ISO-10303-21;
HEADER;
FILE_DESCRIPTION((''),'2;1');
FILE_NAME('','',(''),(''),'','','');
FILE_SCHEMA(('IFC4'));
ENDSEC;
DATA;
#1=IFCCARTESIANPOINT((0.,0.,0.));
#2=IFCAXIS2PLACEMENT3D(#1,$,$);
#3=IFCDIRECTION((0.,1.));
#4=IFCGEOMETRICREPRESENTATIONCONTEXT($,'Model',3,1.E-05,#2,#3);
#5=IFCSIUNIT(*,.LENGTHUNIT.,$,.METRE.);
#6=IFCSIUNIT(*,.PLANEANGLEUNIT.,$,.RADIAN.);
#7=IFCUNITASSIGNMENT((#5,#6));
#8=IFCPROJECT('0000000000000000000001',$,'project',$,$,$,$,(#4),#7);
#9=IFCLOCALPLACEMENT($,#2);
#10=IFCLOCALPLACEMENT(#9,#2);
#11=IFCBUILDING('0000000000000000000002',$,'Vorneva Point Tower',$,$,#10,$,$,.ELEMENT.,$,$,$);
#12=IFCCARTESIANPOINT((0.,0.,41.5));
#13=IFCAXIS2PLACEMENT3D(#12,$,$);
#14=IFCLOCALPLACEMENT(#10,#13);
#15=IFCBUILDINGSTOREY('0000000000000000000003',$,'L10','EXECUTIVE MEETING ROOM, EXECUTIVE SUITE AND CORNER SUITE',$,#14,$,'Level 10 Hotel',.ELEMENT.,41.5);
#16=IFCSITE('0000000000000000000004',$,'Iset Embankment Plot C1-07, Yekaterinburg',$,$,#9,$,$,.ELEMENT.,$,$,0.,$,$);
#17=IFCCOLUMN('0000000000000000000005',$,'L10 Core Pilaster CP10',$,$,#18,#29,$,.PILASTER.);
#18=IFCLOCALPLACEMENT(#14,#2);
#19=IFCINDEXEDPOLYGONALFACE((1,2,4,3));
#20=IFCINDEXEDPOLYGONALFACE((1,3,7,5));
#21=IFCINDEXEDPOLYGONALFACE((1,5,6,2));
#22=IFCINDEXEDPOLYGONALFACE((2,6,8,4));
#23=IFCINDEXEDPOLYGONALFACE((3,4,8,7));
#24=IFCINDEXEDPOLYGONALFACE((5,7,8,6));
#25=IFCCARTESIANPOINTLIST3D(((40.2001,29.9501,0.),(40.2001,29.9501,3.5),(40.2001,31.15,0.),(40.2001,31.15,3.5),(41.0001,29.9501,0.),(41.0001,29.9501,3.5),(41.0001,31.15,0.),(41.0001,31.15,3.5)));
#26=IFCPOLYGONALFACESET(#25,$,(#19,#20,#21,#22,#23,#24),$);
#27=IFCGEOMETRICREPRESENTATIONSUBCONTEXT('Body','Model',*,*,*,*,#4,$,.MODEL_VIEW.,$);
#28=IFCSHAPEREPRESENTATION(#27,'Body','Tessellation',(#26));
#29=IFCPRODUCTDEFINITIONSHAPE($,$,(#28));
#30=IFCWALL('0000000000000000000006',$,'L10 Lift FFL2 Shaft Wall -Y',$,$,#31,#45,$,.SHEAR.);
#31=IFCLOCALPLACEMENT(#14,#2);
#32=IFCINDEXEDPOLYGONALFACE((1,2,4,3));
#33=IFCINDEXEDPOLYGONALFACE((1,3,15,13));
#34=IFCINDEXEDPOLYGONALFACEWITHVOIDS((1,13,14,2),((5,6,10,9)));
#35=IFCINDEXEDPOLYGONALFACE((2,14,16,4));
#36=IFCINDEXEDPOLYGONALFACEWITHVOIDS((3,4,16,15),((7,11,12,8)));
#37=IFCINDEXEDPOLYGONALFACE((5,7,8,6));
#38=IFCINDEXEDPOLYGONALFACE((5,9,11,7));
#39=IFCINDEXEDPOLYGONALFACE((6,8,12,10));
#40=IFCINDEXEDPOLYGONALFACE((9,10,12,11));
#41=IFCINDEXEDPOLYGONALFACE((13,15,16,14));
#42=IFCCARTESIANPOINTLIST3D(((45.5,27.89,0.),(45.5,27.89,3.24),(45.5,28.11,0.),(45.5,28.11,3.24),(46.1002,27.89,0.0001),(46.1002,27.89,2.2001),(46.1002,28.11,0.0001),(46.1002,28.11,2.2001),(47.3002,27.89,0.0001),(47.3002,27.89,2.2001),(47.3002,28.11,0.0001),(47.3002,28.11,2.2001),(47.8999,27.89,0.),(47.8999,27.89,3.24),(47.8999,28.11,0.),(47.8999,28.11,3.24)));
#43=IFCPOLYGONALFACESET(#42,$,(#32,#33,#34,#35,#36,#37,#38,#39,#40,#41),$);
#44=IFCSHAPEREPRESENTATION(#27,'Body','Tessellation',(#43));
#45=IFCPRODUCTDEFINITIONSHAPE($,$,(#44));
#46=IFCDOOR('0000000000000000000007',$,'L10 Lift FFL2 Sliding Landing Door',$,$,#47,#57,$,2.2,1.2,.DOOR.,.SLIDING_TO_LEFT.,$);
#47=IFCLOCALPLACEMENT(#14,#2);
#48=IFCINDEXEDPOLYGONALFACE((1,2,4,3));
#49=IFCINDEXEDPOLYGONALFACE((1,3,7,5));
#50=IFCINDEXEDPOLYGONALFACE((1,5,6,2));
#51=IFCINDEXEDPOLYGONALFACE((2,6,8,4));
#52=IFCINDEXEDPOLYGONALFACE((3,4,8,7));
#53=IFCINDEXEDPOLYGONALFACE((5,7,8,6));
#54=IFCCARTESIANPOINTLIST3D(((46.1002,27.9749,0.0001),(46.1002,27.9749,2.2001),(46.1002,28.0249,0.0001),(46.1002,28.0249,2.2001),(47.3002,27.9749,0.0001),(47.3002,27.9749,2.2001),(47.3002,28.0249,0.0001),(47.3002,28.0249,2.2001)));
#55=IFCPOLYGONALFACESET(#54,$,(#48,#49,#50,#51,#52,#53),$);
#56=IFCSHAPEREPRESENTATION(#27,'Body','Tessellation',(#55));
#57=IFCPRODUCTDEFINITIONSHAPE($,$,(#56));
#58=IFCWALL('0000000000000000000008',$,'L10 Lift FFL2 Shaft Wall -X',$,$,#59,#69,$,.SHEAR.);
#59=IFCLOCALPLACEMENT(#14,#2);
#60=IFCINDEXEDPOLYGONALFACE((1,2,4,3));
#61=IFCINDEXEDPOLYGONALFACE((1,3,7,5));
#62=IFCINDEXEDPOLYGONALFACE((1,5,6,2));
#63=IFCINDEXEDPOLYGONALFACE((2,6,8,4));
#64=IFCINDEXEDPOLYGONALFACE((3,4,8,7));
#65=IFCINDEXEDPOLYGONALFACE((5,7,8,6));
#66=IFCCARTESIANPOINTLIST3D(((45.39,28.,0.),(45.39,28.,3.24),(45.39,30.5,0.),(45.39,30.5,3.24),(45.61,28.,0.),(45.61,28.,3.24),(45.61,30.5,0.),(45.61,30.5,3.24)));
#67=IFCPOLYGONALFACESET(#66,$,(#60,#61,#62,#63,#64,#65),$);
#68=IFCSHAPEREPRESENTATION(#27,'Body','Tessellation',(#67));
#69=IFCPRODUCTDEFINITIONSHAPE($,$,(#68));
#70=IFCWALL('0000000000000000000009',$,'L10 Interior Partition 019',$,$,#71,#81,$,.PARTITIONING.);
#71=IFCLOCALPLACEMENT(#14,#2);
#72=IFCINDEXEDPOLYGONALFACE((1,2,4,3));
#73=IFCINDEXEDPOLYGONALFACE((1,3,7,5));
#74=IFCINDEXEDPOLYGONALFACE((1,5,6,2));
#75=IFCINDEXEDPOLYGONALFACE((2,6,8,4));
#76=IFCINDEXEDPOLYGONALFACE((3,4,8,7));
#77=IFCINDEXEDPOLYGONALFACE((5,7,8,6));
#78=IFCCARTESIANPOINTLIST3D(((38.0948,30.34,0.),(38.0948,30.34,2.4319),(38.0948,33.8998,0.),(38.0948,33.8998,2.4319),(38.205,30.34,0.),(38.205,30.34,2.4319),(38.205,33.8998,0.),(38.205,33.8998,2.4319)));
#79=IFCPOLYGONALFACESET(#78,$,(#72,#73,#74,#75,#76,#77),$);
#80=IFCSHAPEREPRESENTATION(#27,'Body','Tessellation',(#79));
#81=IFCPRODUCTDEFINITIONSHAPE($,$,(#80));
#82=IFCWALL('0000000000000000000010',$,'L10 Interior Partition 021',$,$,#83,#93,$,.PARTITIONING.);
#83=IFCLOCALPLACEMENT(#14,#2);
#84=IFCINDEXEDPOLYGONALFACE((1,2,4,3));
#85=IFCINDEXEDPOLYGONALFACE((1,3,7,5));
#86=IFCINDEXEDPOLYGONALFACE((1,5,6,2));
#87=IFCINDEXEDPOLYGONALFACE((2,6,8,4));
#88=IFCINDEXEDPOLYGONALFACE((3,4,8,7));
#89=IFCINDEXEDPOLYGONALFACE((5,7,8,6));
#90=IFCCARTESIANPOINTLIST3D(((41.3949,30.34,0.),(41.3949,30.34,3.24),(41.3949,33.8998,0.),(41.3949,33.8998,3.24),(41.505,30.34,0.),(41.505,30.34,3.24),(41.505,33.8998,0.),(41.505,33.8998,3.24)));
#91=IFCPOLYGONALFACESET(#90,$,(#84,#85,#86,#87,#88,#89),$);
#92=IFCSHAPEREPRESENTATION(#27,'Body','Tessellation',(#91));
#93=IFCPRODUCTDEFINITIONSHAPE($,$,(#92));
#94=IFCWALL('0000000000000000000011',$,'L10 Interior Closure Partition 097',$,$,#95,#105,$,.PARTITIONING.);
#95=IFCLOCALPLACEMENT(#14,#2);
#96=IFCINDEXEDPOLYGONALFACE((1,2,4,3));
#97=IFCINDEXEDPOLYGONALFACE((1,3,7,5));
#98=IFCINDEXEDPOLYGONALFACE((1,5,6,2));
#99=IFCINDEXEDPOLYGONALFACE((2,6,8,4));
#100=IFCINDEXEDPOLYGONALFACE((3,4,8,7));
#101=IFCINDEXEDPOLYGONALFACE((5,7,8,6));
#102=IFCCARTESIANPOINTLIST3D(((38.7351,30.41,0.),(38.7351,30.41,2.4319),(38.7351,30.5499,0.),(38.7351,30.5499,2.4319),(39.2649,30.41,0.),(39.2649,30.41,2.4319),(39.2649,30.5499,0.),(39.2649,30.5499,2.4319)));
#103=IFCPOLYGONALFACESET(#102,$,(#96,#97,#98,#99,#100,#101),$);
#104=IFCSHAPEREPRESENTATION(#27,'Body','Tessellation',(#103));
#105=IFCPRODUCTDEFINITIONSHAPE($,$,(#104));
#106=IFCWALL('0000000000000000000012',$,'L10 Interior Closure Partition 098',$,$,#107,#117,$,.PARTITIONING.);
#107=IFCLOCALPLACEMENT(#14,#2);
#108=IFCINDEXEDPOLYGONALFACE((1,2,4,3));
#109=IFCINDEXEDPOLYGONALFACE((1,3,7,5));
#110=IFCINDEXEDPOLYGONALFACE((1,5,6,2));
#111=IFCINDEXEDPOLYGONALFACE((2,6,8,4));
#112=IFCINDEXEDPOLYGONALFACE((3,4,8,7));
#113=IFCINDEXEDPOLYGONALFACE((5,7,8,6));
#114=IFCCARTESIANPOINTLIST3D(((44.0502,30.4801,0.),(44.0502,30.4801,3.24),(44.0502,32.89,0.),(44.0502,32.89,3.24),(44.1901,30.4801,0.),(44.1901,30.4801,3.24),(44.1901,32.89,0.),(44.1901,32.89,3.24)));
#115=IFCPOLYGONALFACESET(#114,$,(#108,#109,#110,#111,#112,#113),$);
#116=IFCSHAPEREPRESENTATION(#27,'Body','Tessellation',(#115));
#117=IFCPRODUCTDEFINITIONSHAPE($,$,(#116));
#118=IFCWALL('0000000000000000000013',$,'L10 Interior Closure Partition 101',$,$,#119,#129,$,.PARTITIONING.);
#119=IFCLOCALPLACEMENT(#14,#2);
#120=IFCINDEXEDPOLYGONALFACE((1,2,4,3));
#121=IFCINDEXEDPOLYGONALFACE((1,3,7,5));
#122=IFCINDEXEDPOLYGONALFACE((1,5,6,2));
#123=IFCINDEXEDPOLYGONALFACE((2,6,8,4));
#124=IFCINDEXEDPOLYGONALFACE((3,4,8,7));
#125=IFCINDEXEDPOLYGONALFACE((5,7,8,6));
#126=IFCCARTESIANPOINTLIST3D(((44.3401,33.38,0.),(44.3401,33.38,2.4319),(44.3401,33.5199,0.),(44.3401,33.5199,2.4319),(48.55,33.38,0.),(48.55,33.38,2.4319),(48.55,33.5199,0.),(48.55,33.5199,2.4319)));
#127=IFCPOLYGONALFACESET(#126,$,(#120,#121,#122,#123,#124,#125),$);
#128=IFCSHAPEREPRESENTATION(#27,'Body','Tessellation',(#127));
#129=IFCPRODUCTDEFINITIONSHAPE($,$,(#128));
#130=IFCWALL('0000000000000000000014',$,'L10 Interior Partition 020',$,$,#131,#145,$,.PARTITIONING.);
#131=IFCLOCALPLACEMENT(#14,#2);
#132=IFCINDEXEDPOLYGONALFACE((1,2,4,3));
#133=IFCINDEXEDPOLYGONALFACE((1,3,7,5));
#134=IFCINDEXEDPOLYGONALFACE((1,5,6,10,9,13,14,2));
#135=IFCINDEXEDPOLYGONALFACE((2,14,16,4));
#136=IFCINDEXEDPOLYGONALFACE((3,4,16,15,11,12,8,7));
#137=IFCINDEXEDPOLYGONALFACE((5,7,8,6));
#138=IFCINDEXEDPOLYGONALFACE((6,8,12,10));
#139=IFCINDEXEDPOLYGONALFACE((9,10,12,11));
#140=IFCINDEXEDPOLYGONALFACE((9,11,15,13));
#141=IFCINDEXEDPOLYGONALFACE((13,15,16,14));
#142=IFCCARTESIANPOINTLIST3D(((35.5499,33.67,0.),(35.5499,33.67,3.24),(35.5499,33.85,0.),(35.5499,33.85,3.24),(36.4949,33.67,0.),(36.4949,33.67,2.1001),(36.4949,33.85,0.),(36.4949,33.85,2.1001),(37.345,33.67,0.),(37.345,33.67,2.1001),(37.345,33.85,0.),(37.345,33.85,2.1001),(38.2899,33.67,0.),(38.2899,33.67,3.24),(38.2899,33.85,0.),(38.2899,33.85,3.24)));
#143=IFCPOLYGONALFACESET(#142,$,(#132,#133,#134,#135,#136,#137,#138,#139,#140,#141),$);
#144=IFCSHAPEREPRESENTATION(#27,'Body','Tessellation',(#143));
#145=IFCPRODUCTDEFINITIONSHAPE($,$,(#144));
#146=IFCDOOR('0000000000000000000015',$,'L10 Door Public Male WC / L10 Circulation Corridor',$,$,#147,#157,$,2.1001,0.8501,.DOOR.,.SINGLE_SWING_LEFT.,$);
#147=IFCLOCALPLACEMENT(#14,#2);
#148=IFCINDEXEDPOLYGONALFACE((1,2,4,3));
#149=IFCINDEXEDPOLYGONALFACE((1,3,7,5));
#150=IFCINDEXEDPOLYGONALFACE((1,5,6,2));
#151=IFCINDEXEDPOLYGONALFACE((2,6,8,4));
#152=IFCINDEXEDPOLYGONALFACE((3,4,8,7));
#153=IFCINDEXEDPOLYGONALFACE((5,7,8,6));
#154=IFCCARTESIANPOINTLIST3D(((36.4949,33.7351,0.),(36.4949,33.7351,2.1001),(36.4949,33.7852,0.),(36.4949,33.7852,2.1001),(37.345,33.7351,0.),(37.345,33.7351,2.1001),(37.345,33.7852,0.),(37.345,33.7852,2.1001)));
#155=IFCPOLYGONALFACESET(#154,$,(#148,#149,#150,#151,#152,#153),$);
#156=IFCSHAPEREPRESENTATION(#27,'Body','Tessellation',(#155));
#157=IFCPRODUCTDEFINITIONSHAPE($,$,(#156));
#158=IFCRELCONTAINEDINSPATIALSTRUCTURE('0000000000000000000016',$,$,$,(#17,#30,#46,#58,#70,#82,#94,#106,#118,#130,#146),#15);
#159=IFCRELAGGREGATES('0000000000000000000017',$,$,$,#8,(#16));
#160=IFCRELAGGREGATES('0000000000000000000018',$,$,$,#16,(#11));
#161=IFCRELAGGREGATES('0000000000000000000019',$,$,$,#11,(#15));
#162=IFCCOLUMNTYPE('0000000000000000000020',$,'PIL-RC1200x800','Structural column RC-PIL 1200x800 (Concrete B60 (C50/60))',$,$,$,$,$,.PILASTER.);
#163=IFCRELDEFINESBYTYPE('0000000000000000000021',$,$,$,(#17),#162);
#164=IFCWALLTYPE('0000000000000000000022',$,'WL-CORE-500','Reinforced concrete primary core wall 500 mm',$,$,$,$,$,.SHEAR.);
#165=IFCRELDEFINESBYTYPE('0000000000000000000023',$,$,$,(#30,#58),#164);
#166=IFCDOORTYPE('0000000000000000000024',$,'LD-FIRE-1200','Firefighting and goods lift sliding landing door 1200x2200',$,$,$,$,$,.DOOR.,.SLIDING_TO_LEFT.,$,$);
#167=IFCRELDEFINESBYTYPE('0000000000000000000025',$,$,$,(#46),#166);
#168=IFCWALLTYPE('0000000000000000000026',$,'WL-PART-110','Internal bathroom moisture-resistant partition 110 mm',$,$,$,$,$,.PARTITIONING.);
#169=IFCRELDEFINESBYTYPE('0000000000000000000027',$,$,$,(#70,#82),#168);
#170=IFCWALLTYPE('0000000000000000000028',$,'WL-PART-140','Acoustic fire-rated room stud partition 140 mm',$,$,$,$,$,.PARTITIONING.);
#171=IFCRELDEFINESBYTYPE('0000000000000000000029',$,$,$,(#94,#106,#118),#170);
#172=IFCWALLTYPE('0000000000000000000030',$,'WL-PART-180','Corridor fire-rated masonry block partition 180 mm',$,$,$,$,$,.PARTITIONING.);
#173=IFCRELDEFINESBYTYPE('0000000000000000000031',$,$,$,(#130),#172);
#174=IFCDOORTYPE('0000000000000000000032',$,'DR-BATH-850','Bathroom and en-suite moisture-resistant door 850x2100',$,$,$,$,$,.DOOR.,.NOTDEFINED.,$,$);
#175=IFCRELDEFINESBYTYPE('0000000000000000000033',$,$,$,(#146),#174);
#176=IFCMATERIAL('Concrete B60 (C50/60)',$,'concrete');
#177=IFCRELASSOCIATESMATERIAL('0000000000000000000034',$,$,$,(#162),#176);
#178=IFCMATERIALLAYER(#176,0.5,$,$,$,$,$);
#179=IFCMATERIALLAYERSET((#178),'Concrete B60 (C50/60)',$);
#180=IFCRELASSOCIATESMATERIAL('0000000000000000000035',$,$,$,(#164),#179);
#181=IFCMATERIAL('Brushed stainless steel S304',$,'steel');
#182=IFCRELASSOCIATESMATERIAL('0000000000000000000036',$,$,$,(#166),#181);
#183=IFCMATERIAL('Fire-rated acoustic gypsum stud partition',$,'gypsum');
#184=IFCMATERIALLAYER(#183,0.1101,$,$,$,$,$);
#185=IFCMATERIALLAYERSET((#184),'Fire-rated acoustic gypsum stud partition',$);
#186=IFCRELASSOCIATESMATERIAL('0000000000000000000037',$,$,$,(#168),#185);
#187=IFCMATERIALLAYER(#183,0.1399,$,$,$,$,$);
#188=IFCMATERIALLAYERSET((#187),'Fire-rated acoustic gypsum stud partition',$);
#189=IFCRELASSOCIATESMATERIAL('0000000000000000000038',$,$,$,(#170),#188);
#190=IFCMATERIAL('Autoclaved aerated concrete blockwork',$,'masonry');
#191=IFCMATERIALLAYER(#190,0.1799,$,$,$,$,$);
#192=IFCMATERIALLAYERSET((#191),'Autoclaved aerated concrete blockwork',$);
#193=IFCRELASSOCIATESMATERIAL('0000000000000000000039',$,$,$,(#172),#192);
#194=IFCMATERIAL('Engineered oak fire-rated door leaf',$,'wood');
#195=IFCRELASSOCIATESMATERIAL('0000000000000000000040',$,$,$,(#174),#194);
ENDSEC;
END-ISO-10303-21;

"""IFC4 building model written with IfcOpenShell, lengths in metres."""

from ifc_helpers import new_model, si_unit, direction, frame, frame_2d, origin, origin_2d, place, context, subcontext, project, spatial, rectangle, extrude, material, layer, layer_set, material_profile, profile_set, type_object, element, fill, save


model = new_model("IFC4")

# Units and contexts
model_context = context("Model", 3, precision=1e-05, world=origin(), true_north=direction((0.0, 1.0)))
body_context = subcontext(model_context, "Body", "Model", "MODEL_VIEW")
ifc_project = project(units=[si_unit("LENGTHUNIT", "METRE"), si_unit("PLANEANGLEUNIT", "RADIAN")], contexts=[model_context])

# Site, building, storey
site_placement = place(None, origin())
site = spatial("IfcSite", under=ifc_project, at=site_placement, Name="Iset Embankment Plot C1-07, Yekaterinburg", CompositionType="ELEMENT", RefElevation=0.0)
building_placement = place(site_placement, origin())
building = spatial("IfcBuilding", under=site, at=building_placement, Name="Vorneva Point Tower", CompositionType="ELEMENT")
storey_placement = place(building_placement, frame((0.0, 0.0, 41.5)))
storey = spatial("IfcBuildingStorey", under=building, at=storey_placement, Name="L10", Description="EXECUTIVE MEETING ROOM, EXECUTIVE SUITE AND CORNER SUITE", LongName="Level 10 Hotel", CompositionType="ELEMENT", Elevation=41.5)

# Column
ifc_material_1 = material(Name="Concrete B60 (C50/60)", Category="concrete")
ifc_material_profile = material_profile(ifc_material_1, rectangle(XDim=0.8, YDim=1.2, at=origin_2d()), Name="RC-PIL 1200x800")
ifc_profile_set = profile_set([ifc_material_profile], Name="Concrete B60 (C50/60)")
column_type = type_object("IfcColumnType", Name="PIL-RC1200x800", Description="Structural column RC-PIL 1200x800 (Concrete B60 (C50/60))", PredefinedType="PILASTER", material=ifc_profile_set)
column_placement = place(storey_placement, frame((40.6001, 30.55, 0.0), z_axis=(0.0, 0.0, 1.0), x_axis=(1.0, 0.0, 0.0)))
element("IfcColumn", 1, at=column_placement, inside=storey, type_object=column_type, Name="L10 Core Pilaster CP10", PredefinedType="PILASTER", context=body_context, shape_type="SweptSolid", body=[
    extrude(rectangle(XDim=0.8, YDim=1.2, at=origin_2d()), origin(), (0.0, 0.0, 1.0), 3.5),
])

# Wall, opening, door
ifc_layer_1 = layer(ifc_material_1, 0.5)
ifc_layer_set_1 = layer_set([ifc_layer_1], Name="Concrete B60 (C50/60)")
wall_type_1 = type_object("IfcWallType", Name="WL-CORE-500", Description="Reinforced concrete primary core wall 500 mm", PredefinedType="SHEAR", material=ifc_layer_set_1)
wall_1_placement = place(storey_placement, frame((45.5, 28.0, 0.0), z_axis=(0.0, 0.0, 1.0), x_axis=(1.0, 0.0, 0.0)))
wall_1 = element("IfcWall", 2, at=wall_1_placement, inside=storey, type_object=wall_type_1, Name="L10 Lift FFL2 Shaft Wall -Y", PredefinedType="SHEAR", context=body_context, shape_type="SweptSolid", body=[
    extrude(rectangle(XDim=2.3999, YDim=0.22, at=frame_2d((1.2, 0.0))), origin(), (0.0, 0.0, 1.0), 3.24),
])
opening_1_placement = place(wall_1_placement, frame((0.6001, 0.0, 0.0)))
opening_1 = element("IfcOpeningElement", 3, at=opening_1_placement, cuts=wall_1, PredefinedType="OPENING", context=body_context, shape_type="SweptSolid", body=[
    extrude(rectangle(XDim=1.2, YDim=2.2, at=frame_2d((0.6001, 1.1001))), frame((0.0, 0.125, 0.0), z_axis=(0.0, -1.0, 0.0), x_axis=(1.0, 0.0, 0.0)), (0.0, 0.0, 1.0), 0.2498),
])
ifc_material_2 = material(Name="Brushed stainless steel S304", Category="steel")
door_type_1 = type_object("IfcDoorType", Name="LD-FIRE-1200", Description="Firefighting and goods lift sliding landing door 1200x2200", OperationType="SLIDING_TO_LEFT", PredefinedType="DOOR", material=ifc_material_2)
door_1_placement = place(opening_1_placement, origin())
door_1 = element("IfcDoor", 4, at=door_1_placement, inside=storey, type_object=door_type_1, Name="L10 Lift FFL2 Sliding Landing Door", OperationType="SLIDING_TO_LEFT", OverallHeight=2.2, OverallWidth=1.2, PredefinedType="DOOR", context=body_context, shape_type="SweptSolid", body=[
    extrude(rectangle(XDim=1.2, YDim=2.2, at=frame_2d((0.6001, 1.1001))), frame((0.0, 0.0249, 0.0), z_axis=(0.0, -1.0, 0.0), x_axis=(1.0, 0.0, 0.0)), (0.0, 0.0, 1.0), 0.05),
])
fill(opening_1, door_1)

# Walls
wall_2_placement = place(storey_placement, frame((45.5, 30.5, 0.0), z_axis=(0.0, 0.0, 1.0), x_axis=(0.0, -1.0, 0.0)))
element("IfcWall", 5, at=wall_2_placement, inside=storey, type_object=wall_type_1, Name="L10 Lift FFL2 Shaft Wall -X", PredefinedType="SHEAR", context=body_context, shape_type="SweptSolid", body=[
    extrude(rectangle(XDim=2.5, YDim=0.22, at=frame_2d((1.25, 0.0))), origin(), (0.0, 0.0, 1.0), 3.24),
])
ifc_material_3 = material(Name="Fire-rated acoustic gypsum stud partition", Category="gypsum")
ifc_layer_2 = layer(ifc_material_3, 0.1101)
ifc_layer_set_2 = layer_set([ifc_layer_2], Name="Fire-rated acoustic gypsum stud partition")
wall_type_2 = type_object("IfcWallType", Name="WL-PART-110", Description="Internal bathroom moisture-resistant partition 110 mm", PredefinedType="PARTITIONING", material=ifc_layer_set_2)
wall_3_placement = place(storey_placement, frame((38.1499, 30.3401, 0.0), z_axis=(0.0, 0.0, 1.0), x_axis=(0.0, 1.0, 0.0)))
element("IfcWall", 6, at=wall_3_placement, inside=storey, type_object=wall_type_2, Name="L10 Interior Partition 019", PredefinedType="PARTITIONING", context=body_context, shape_type="SweptSolid", body=[
    extrude(rectangle(XDim=3.5598, YDim=0.1101, at=frame_2d((1.7798, 0.0))), origin(), (0.0, 0.0, 1.0), 2.4319),
])
wall_4_placement = place(storey_placement, frame((41.45, 30.3401, 0.0), z_axis=(0.0, 0.0, 1.0), x_axis=(0.0, 1.0, 0.0)))
element("IfcWall", 7, at=wall_4_placement, inside=storey, type_object=wall_type_2, Name="L10 Interior Partition 021", PredefinedType="PARTITIONING", context=body_context, shape_type="SweptSolid", body=[
    extrude(rectangle(XDim=3.5598, YDim=0.1101, at=frame_2d((1.7798, 0.0))), origin(), (0.0, 0.0, 1.0), 3.24),
])
ifc_layer_3 = layer(ifc_material_3, 0.1399)
ifc_layer_set_3 = layer_set([ifc_layer_3], Name="Fire-rated acoustic gypsum stud partition")
wall_type_3 = type_object("IfcWallType", Name="WL-PART-140", Description="Acoustic fire-rated room stud partition 140 mm", PredefinedType="PARTITIONING", material=ifc_layer_set_3)
wall_5_placement = place(storey_placement, frame((38.7351, 30.48, 0.0), z_axis=(0.0, 0.0, 1.0), x_axis=(1.0, 0.0, 0.0)))
element("IfcWall", 8, at=wall_5_placement, inside=storey, type_object=wall_type_3, Name="L10 Interior Closure Partition 097", PredefinedType="PARTITIONING", context=body_context, shape_type="SweptSolid", body=[
    extrude(rectangle(XDim=0.5298, YDim=0.1399, at=frame_2d((0.2649, 0.0))), origin(), (0.0, 0.0, 1.0), 2.4319),
])
wall_6_placement = place(storey_placement, frame((44.1201, 30.48, 0.0), z_axis=(0.0, 0.0, 1.0), x_axis=(0.0, 1.0, 0.0)))
element("IfcWall", 9, at=wall_6_placement, inside=storey, type_object=wall_type_3, Name="L10 Interior Closure Partition 098", PredefinedType="PARTITIONING", context=body_context, shape_type="SweptSolid", body=[
    extrude(rectangle(XDim=2.4099, YDim=0.1399, at=frame_2d((1.2051, 0.0))), origin(), (0.0, 0.0, 1.0), 3.24),
])
wall_7_placement = place(storey_placement, frame((44.3401, 33.45, 0.0), z_axis=(0.0, 0.0, 1.0), x_axis=(1.0, 0.0, 0.0)))
element("IfcWall", 10, at=wall_7_placement, inside=storey, type_object=wall_type_3, Name="L10 Interior Closure Partition 101", PredefinedType="PARTITIONING", context=body_context, shape_type="SweptSolid", body=[
    extrude(rectangle(XDim=4.21, YDim=0.1399, at=frame_2d((2.105, 0.0))), origin(), (0.0, 0.0, 1.0), 2.4319),
])

# Wall, opening, door
ifc_material_4 = material(Name="Autoclaved aerated concrete blockwork", Category="masonry")
ifc_layer_4 = layer(ifc_material_4, 0.1799)
ifc_layer_set_4 = layer_set([ifc_layer_4], Name="Autoclaved aerated concrete blockwork")
wall_type_4 = type_object("IfcWallType", Name="WL-PART-180", Description="Corridor fire-rated masonry block partition 180 mm", PredefinedType="PARTITIONING", material=ifc_layer_set_4)
wall_8_placement = place(storey_placement, frame((38.29, 33.76, 0.0), z_axis=(0.0, 0.0, 1.0), x_axis=(-1.0, 0.0, 0.0)))
wall_8 = element("IfcWall", 11, at=wall_8_placement, inside=storey, type_object=wall_type_4, Name="L10 Interior Partition 020", PredefinedType="PARTITIONING", context=body_context, shape_type="SweptSolid", body=[
    extrude(rectangle(XDim=2.74, YDim=0.1799, at=frame_2d((1.3701, 0.0))), origin(), (0.0, 0.0, 1.0), 3.24),
])
opening_2_placement = place(wall_8_placement, frame((0.9451, 0.0, 0.0)))
opening_2 = element("IfcOpeningElement", 12, at=opening_2_placement, cuts=wall_8, PredefinedType="OPENING", context=body_context, shape_type="SweptSolid", body=[
    extrude(rectangle(XDim=0.8501, YDim=2.1001, at=frame_2d((0.425, 1.05))), frame((0.0, 0.105, 0.0), z_axis=(0.0, -1.0, 0.0), x_axis=(1.0, 0.0, 0.0)), (0.0, 0.0, 1.0), 0.2097),
])
ifc_material_5 = material(Name="Engineered oak fire-rated door leaf", Category="wood")
door_type_2 = type_object("IfcDoorType", Name="DR-BATH-850", Description="Bathroom and en-suite moisture-resistant door 850x2100", OperationType="NOTDEFINED", PredefinedType="DOOR", material=ifc_material_5)
door_2_placement = place(opening_2_placement, origin())
door_2 = element("IfcDoor", 13, at=door_2_placement, inside=storey, type_object=door_type_2, Name="L10 Door Public Male WC / L10 Circulation Corridor", OperationType="SINGLE_SWING_LEFT", OverallHeight=2.1001, OverallWidth=0.8501, PredefinedType="DOOR", context=body_context, shape_type="SweptSolid", body=[
    extrude(rectangle(XDim=0.8501, YDim=2.1001, at=frame_2d((0.425, 1.05))), frame((0.0, 0.0249, 0.0), z_axis=(0.0, -1.0, 0.0), x_axis=(1.0, 0.0, 0.0)), (0.0, 0.0, 1.0), 0.05),
])
fill(opening_2, door_2)

save(model, "model.ifc")
